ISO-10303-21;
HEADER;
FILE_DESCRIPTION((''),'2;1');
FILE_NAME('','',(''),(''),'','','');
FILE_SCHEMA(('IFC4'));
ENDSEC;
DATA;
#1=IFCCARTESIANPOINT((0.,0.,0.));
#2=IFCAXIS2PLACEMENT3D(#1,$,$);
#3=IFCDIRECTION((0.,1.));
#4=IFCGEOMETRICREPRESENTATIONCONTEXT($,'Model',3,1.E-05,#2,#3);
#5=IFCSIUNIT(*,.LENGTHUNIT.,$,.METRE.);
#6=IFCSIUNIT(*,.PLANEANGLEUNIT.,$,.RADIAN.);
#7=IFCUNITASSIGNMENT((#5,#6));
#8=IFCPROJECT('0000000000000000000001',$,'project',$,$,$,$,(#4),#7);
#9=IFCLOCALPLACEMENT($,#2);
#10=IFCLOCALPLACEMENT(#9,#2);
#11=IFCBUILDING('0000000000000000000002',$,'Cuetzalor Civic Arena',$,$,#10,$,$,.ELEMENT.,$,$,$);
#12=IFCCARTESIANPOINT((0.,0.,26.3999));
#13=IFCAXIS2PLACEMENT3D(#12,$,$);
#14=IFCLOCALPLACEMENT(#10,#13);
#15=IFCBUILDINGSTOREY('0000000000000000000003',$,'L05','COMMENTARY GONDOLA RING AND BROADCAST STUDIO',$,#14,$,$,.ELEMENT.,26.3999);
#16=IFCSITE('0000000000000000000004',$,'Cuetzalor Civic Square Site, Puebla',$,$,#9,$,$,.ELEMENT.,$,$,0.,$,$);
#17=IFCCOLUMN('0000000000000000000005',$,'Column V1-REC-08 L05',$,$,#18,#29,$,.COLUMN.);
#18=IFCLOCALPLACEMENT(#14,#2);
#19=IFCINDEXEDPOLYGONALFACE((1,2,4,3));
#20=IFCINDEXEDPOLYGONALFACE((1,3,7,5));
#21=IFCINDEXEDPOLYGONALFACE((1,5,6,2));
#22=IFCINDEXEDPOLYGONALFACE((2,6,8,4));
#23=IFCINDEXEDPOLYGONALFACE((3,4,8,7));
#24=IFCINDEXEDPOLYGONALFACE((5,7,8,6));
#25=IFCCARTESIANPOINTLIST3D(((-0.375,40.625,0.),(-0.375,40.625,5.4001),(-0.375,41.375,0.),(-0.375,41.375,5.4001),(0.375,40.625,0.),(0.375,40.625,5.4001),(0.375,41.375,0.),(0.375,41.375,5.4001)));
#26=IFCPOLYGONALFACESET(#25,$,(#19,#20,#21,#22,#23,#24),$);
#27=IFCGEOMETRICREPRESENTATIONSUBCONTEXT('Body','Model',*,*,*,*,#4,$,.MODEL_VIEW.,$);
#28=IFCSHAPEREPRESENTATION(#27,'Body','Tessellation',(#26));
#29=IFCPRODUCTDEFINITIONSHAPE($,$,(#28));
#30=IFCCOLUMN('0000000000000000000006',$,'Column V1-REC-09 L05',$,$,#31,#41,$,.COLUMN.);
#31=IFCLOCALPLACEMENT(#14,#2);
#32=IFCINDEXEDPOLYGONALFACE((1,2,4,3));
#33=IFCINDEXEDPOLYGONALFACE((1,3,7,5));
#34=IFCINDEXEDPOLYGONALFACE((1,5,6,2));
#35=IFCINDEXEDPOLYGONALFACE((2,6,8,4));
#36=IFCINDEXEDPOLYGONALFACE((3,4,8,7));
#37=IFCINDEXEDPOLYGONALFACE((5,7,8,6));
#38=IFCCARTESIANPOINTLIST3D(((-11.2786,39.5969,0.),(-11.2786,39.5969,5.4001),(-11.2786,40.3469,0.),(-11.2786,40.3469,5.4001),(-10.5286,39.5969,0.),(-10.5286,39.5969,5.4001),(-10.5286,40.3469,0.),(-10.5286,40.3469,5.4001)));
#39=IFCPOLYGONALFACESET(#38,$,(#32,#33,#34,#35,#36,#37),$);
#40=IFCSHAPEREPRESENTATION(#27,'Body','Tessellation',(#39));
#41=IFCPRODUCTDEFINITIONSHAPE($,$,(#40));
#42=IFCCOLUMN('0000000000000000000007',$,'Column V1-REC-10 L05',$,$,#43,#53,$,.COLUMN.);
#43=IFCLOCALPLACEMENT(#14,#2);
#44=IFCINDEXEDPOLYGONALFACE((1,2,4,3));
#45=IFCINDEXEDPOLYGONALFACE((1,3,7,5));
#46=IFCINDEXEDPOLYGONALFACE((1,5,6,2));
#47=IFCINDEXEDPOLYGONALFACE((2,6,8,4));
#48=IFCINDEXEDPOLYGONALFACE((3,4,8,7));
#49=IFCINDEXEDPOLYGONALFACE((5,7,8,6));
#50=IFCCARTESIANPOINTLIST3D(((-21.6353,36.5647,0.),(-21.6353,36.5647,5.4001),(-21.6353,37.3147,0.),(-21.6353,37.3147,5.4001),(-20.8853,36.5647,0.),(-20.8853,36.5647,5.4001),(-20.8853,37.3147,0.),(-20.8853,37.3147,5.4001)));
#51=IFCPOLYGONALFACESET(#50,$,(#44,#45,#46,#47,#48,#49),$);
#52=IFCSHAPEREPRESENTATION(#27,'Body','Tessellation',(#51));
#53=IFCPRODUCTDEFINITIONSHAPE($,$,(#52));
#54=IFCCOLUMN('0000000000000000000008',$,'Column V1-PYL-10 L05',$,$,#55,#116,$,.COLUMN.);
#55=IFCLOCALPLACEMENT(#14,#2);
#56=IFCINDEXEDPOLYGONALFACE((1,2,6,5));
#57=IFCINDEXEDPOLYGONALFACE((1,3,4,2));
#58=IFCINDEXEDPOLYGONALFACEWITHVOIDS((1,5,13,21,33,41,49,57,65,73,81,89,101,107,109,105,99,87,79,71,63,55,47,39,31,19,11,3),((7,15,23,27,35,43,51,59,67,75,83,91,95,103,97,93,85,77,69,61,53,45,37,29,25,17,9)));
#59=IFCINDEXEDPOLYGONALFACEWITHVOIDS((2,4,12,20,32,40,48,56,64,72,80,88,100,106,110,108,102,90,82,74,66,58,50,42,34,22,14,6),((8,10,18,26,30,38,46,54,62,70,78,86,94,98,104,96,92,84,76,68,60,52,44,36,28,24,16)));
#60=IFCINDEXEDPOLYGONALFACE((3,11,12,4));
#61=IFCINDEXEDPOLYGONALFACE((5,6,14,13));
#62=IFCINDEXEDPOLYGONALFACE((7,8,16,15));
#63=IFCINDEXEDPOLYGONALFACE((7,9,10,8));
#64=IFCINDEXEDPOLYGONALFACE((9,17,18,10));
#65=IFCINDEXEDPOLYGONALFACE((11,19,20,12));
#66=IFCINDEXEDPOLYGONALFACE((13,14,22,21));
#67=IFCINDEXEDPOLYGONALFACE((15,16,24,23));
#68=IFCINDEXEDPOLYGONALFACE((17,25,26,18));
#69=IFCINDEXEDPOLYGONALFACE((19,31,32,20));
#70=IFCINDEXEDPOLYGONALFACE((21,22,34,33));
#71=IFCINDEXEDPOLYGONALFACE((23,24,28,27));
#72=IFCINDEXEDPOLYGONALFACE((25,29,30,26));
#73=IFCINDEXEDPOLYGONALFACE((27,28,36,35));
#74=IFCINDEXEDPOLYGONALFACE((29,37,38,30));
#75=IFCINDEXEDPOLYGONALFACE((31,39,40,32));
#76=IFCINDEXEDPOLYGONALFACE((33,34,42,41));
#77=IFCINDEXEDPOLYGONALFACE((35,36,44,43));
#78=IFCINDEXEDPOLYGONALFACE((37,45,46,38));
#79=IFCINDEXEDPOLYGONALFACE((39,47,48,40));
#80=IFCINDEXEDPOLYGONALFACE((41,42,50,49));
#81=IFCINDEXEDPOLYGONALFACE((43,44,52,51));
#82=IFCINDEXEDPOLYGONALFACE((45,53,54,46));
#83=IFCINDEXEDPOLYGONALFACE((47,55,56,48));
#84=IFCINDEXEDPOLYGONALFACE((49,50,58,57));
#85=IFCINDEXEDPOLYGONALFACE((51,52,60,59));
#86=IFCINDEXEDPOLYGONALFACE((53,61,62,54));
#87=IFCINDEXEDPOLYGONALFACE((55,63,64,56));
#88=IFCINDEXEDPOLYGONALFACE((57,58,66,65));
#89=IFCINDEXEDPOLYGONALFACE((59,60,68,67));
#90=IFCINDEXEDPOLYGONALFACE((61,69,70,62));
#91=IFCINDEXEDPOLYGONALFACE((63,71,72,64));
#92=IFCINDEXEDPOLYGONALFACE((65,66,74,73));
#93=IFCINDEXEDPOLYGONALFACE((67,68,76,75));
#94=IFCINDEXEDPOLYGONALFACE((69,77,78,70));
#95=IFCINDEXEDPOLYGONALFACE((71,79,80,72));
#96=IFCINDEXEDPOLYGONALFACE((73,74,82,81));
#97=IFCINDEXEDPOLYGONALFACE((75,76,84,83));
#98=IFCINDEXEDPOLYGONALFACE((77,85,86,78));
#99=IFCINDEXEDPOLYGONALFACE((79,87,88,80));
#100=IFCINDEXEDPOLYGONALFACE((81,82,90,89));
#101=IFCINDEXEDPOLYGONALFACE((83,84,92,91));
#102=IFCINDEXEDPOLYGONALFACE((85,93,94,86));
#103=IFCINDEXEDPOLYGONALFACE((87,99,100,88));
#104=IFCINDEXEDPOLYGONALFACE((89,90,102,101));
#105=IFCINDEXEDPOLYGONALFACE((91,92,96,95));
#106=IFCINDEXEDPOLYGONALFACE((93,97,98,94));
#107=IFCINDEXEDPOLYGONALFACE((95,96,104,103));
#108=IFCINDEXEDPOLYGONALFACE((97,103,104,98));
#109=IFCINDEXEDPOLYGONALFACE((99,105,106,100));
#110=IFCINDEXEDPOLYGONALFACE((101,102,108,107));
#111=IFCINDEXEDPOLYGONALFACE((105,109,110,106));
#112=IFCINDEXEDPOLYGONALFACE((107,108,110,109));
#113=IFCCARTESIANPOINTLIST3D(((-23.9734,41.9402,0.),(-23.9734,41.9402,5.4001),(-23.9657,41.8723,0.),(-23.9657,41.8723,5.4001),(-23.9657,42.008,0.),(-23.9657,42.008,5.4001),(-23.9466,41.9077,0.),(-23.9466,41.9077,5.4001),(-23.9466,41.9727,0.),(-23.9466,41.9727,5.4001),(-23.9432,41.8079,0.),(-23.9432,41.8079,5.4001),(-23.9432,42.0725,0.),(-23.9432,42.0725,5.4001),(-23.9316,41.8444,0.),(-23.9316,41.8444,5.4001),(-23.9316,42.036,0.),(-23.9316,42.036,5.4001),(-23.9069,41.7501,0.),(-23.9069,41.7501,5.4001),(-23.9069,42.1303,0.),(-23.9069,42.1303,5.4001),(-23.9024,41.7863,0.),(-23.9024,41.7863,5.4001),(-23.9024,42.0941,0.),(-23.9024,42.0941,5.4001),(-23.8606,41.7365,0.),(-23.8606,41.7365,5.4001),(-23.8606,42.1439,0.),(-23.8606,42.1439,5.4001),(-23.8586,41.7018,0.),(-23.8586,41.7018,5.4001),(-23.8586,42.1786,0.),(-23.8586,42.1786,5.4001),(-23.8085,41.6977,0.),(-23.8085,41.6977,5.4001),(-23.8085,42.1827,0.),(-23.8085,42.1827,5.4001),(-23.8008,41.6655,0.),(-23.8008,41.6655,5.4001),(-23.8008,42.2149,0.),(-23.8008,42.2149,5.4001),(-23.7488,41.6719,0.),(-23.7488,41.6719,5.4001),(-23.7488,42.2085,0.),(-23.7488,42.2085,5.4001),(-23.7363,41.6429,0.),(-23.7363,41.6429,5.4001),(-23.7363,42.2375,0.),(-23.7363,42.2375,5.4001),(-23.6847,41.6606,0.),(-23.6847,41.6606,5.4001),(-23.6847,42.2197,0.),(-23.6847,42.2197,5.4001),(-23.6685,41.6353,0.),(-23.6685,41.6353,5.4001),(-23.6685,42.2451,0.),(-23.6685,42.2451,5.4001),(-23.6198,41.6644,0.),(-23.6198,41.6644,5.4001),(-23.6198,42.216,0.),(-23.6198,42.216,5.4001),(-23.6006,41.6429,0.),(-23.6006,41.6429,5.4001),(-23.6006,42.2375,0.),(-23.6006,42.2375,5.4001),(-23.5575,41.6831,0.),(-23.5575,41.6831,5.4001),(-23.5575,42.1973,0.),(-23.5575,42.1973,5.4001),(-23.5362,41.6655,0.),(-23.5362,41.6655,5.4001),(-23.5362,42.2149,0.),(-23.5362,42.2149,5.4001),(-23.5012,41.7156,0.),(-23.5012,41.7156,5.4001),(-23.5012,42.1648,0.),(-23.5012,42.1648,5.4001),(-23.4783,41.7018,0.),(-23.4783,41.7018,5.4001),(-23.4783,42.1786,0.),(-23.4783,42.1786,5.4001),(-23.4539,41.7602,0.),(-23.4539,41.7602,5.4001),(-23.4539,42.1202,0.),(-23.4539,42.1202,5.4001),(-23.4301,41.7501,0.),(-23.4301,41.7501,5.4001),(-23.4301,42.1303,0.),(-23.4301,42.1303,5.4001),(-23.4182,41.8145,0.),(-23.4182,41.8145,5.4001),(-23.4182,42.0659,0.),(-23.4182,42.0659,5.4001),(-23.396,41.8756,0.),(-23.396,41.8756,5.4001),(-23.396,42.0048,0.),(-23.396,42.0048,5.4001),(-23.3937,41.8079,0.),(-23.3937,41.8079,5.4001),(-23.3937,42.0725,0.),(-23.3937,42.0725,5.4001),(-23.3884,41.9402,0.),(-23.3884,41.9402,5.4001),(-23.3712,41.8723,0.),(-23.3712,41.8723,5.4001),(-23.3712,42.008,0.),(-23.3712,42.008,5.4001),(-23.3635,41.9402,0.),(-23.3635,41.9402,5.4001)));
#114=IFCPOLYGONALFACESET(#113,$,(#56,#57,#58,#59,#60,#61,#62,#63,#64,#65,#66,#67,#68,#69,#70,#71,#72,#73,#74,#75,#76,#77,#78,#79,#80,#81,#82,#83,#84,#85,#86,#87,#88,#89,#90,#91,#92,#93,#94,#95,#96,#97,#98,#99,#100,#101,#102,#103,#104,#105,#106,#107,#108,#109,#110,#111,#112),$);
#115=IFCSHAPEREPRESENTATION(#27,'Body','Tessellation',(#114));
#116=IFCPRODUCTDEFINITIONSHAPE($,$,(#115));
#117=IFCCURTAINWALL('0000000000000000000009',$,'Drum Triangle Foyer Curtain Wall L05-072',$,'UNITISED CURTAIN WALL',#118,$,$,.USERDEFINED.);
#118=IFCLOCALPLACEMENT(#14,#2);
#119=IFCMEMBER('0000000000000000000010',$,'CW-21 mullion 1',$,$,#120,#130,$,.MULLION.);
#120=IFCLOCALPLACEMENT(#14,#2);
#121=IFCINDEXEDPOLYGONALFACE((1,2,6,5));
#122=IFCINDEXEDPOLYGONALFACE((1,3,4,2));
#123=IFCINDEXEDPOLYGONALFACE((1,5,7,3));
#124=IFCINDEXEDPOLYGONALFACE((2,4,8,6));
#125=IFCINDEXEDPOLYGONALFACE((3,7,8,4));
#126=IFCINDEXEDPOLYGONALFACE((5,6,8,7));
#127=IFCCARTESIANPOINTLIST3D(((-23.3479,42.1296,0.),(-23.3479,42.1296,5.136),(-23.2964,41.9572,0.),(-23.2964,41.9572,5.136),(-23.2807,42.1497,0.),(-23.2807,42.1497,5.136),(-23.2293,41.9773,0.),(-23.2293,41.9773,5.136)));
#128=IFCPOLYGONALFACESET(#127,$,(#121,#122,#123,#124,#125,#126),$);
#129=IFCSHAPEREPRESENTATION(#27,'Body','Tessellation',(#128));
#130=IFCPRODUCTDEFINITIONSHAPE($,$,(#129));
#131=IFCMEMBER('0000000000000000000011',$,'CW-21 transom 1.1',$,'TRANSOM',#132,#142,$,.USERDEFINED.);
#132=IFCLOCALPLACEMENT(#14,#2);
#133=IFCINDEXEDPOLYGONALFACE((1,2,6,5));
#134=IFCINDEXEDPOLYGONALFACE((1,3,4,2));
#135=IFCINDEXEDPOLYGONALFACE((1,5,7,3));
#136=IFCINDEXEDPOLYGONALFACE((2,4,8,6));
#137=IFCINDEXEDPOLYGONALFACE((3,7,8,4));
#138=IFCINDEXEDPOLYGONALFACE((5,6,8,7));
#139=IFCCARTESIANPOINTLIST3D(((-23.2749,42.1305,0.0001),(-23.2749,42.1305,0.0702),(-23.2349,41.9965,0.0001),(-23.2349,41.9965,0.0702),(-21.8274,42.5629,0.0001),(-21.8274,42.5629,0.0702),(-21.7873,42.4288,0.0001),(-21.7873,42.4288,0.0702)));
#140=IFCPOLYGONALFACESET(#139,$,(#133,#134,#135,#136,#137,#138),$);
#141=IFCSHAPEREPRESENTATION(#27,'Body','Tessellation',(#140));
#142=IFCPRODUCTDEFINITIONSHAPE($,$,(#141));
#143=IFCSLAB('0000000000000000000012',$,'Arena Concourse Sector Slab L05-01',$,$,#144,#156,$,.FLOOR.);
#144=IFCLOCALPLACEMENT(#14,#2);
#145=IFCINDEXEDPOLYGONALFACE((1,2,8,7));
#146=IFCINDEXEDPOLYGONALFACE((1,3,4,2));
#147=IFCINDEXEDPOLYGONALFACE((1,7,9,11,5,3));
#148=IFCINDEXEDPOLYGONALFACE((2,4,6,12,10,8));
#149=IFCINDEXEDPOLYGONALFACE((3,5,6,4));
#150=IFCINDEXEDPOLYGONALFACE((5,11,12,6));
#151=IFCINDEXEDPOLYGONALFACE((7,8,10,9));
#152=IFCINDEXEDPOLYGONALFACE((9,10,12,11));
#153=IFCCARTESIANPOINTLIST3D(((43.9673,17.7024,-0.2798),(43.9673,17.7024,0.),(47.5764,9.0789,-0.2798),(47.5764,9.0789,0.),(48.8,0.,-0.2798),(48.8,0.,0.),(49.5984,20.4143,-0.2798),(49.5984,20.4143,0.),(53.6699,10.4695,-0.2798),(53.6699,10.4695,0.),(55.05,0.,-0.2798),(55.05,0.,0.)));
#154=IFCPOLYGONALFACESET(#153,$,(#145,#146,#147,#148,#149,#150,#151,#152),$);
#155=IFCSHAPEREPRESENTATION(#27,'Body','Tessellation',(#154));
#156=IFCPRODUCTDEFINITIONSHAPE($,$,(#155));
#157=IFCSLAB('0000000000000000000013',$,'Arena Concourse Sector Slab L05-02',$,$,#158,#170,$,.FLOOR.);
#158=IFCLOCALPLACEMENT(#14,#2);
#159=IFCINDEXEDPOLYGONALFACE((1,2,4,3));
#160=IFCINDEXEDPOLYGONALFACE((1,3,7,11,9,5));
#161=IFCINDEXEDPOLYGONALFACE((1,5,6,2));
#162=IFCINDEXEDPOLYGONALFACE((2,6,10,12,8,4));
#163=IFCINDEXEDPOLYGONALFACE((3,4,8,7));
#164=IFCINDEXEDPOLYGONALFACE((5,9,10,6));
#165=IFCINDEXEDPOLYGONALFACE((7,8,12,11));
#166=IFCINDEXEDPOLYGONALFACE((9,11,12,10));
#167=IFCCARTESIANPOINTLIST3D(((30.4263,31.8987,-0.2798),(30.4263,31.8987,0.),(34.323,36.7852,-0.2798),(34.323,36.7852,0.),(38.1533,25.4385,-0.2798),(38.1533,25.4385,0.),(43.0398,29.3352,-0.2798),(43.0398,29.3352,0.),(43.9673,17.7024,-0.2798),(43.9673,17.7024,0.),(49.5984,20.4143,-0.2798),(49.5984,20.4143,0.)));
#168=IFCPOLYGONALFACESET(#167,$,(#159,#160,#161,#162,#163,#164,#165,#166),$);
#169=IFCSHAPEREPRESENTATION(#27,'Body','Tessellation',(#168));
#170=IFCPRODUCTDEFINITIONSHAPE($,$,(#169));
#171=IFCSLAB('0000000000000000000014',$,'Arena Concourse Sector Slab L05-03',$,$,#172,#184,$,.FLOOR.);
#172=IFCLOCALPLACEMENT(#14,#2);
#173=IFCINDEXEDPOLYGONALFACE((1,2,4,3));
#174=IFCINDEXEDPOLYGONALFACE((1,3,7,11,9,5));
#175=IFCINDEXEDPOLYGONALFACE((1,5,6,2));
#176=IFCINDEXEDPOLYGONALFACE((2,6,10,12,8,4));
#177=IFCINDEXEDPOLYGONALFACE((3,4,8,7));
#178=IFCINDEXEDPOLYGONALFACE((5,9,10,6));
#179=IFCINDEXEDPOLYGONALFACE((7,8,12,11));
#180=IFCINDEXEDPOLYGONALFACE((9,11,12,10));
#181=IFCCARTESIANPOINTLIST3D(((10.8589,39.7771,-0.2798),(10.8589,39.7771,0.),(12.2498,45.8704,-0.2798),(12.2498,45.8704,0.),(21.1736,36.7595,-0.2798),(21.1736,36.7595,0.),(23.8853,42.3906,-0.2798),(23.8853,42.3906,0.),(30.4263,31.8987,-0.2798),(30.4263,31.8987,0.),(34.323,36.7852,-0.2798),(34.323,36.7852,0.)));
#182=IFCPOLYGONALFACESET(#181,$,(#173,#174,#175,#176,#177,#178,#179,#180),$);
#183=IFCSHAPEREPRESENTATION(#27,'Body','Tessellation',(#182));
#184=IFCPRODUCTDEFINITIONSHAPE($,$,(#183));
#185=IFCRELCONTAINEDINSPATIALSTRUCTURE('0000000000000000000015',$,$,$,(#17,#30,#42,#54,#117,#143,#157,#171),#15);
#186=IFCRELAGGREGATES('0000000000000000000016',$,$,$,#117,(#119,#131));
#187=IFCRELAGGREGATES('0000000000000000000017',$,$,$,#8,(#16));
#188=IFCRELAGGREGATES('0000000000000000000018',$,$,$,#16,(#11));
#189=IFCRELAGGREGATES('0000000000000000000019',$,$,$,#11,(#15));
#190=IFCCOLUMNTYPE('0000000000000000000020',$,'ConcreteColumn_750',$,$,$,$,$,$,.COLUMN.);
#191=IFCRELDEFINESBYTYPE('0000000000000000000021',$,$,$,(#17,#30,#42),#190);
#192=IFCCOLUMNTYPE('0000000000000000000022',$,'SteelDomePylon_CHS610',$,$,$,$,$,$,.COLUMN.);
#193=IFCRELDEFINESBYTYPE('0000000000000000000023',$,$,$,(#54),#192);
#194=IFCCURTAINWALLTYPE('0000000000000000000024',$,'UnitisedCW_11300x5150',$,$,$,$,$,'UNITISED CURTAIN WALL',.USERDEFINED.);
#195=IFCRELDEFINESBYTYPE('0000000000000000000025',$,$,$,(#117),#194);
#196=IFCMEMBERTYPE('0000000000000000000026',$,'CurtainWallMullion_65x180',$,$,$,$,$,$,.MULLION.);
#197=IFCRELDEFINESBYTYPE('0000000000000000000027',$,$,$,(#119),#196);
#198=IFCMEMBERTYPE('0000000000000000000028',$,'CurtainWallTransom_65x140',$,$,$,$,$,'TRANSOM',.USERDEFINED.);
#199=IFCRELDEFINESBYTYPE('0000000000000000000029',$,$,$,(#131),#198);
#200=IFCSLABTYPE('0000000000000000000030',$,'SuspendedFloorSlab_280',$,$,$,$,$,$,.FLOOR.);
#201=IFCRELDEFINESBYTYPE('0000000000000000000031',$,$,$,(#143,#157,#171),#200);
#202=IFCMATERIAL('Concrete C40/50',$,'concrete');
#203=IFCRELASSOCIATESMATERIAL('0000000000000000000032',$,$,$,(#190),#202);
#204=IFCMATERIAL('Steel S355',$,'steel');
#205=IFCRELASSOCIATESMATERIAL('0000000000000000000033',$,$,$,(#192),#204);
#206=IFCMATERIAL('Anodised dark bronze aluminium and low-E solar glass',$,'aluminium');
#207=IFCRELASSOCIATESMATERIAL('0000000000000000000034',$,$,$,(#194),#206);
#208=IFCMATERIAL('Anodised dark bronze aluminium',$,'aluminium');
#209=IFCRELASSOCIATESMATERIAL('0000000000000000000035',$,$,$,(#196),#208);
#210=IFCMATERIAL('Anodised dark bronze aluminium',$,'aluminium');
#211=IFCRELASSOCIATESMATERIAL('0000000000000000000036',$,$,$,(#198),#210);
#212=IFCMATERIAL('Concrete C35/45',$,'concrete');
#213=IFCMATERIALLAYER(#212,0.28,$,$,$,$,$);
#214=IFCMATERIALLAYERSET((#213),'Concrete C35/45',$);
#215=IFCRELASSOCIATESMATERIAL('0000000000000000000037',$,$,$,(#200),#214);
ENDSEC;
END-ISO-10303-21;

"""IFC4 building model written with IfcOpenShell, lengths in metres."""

from ifc_helpers import new_model, si_unit, direction, frame, origin, origin_2d, place, context, subcontext, project, spatial, polyline, rectangle, hollow_circle, outline, extrude, material, layer, layer_set, material_profile, profile_set, type_object, element, aggregate, save


model = new_model("IFC4")

# Units and contexts
model_context = context("Model", 3, precision=1e-05, world=origin(), true_north=direction((0.0, 1.0)))
body_context = subcontext(model_context, "Body", "Model", "MODEL_VIEW")
ifc_project = project(units=[si_unit("LENGTHUNIT", "METRE"), si_unit("PLANEANGLEUNIT", "RADIAN")], contexts=[model_context])

# Site, building, storey
site_placement = place(None, origin())
site = spatial("IfcSite", under=ifc_project, at=site_placement, Name="Cuetzalor Civic Square Site, Puebla", CompositionType="ELEMENT", RefElevation=0.0)
building_placement = place(site_placement, origin())
building = spatial("IfcBuilding", under=site, at=building_placement, Name="Cuetzalor Civic Arena", CompositionType="ELEMENT")
storey_placement = place(building_placement, frame((0.0, 0.0, 26.3999)))
storey = spatial("IfcBuildingStorey", under=building, at=storey_placement, Name="L05", Description="COMMENTARY GONDOLA RING AND BROADCAST STUDIO", CompositionType="ELEMENT", Elevation=26.3999)

# Columns
ifc_material_1 = material(Name="Concrete C40/50", Category="concrete")
ifc_material_profile_1 = material_profile(ifc_material_1, rectangle(XDim=0.75, YDim=0.75, at=origin_2d()), Name="RC 750x750")
ifc_profile_set_1 = profile_set([ifc_material_profile_1], Name="Concrete C40/50")
column_type_1 = type_object("IfcColumnType", Name="ConcreteColumn_750", PredefinedType="COLUMN", material=ifc_profile_set_1)
for number, where, z_axis, x_axis, name in (
    (1, (0.0, 41.0, 0.0), (0.0, 0.0, 1.0), (1.0, 0.0, 0.0), "Column V1-REC-08 L05"),
    (2, (-10.9036, 39.9719, 0.0), (0.0, 0.0, 1.0), (1.0, 0.0, 0.0), "Column V1-REC-09 L05"),
    (3, (-21.2603, 36.9397, 0.0), (0.0, 0.0, 1.0), (1.0, 0.0, 0.0), "Column V1-REC-10 L05"),
):
    element("IfcColumn", number, at=place(storey_placement, frame(where, z_axis=z_axis, x_axis=x_axis)), inside=storey, type_object=column_type_1, Name=name, PredefinedType="COLUMN", context=body_context, shape_type="SweptSolid", body=[
        extrude(rectangle(XDim=0.75, YDim=0.75, at=origin_2d()), origin(), (0.0, 0.0, 1.0), 5.4001),
    ])
ifc_material_2 = material(Name="Steel S355", Category="steel")
ifc_material_profile_2 = material_profile(ifc_material_2, hollow_circle(Radius=0.3049, WallThickness=0.0249, at=origin_2d()), Name="CHS 610x25")
ifc_profile_set_2 = profile_set([ifc_material_profile_2], Name="Steel S355")
column_type_2 = type_object("IfcColumnType", Name="SteelDomePylon_CHS610", PredefinedType="COLUMN", material=ifc_profile_set_2)
column_placement = place(storey_placement, frame((-23.6685, 41.9402, 0.0), z_axis=(0.0, 0.0, 1.0), x_axis=(1.0, 0.0, 0.0)))
element("IfcColumn", 4, at=column_placement, inside=storey, type_object=column_type_2, Name="Column V1-PYL-10 L05", PredefinedType="COLUMN", context=body_context, shape_type="SweptSolid", body=[
    extrude(hollow_circle(Radius=0.3049, WallThickness=0.0249, at=origin_2d()), origin(), (0.0, 0.0, 1.0), 5.4001),
])

# Curtain wall, members
ifc_material_3 = material(Name="Anodised dark bronze aluminium and low-E solar glass", Category="aluminium")
curtain_wall_type = type_object("IfcCurtainWallType", Name="UnitisedCW_11300x5150", ElementType="UNITISED CURTAIN WALL", PredefinedType="USERDEFINED", material=ifc_material_3)
curtain_wall_placement = place(storey_placement, origin())
curtain_wall = element("IfcCurtainWall", 5, at=curtain_wall_placement, inside=storey, type_object=curtain_wall_type, Name="Drum Triangle Foyer Curtain Wall L05-072", ObjectType="UNITISED CURTAIN WALL", PredefinedType="USERDEFINED")
ifc_material_4 = material(Name="Anodised dark bronze aluminium", Category="aluminium")
ifc_material_profile_3 = material_profile(ifc_material_4, rectangle(XDim=0.0701, YDim=0.1799, at=origin_2d()), Name="ALU MULLION 70x180")
ifc_profile_set_3 = profile_set([ifc_material_profile_3], Name="Anodised dark bronze aluminium")
member_type_1 = type_object("IfcMemberType", Name="CurtainWallMullion_65x180", PredefinedType="MULLION", material=ifc_profile_set_3)
member_1_placement = place(storey_placement, frame((-23.2886, 42.0535, 0.0), z_axis=(0.0, 0.0, 1.0), x_axis=(0.958194, 0.28612, 0.0)))
member_1 = element("IfcMember", 6, at=member_1_placement, type_object=member_type_1, Name="CW-21 mullion 1", PredefinedType="MULLION", context=body_context, shape_type="SweptSolid", body=[
    extrude(rectangle(XDim=0.0701, YDim=0.1799, at=origin_2d()), origin(), (0.0, 0.0, 1.0), 5.136),
])
ifc_material_5 = material(Name="Anodised dark bronze aluminium", Category="aluminium")
ifc_material_profile_4 = material_profile(ifc_material_5, rectangle(XDim=0.1399, YDim=0.0701, at=origin_2d()), Name="ALU TRANSOM 70x140")
ifc_profile_set_4 = profile_set([ifc_material_profile_4], Name="Anodised dark bronze aluminium")
member_type_2 = type_object("IfcMemberType", Name="CurtainWallTransom_65x140", ElementType="TRANSOM", PredefinedType="USERDEFINED", material=ifc_profile_set_4)
member_2_placement = place(storey_placement, frame((-23.2549, 42.0635, 0.0352), z_axis=(0.958168, 0.286206, 0.0), x_axis=(-0.286206, 0.958168, 0.0)))
member_2 = element("IfcMember", 7, at=member_2_placement, type_object=member_type_2, Name="CW-21 transom 1.1", ObjectType="TRANSOM", PredefinedType="USERDEFINED", context=body_context, shape_type="SweptSolid", body=[
    extrude(rectangle(XDim=0.1399, YDim=0.0701, at=origin_2d()), origin(), (0.0, 0.0, 1.0), 1.5107),
])
aggregate(curtain_wall, [member_1, member_2])

# Slabs
ifc_material_6 = material(Name="Concrete C35/45", Category="concrete")
ifc_layer = layer(ifc_material_6, 0.28)
ifc_layer_set = layer_set([ifc_layer], Name="Concrete C35/45")
slab_type = type_object("IfcSlabType", Name="SuspendedFloorSlab_280", PredefinedType="FLOOR", material=ifc_layer_set)
slab_1_placement = place(storey_placement, frame((0.0, 0.0, -0.2798)))
element("IfcSlab", 8, at=slab_1_placement, inside=storey, type_object=slab_type, Name="Arena Concourse Sector Slab L05-01", PredefinedType="FLOOR", context=body_context, shape_type="SweptSolid", body=[
    extrude(outline(polyline([(48.8, 0.0), (47.5764, 9.0789), (43.9673, 17.7024), (49.5984, 20.4143), (53.6699, 10.4695), (55.05, 0.0), (48.8, 0.0)])), origin(), (0.0, 0.0, 1.0), 0.2798),
])
slab_2_placement = place(storey_placement, frame((0.0, 0.0, -0.2798)))
element("IfcSlab", 9, at=slab_2_placement, inside=storey, type_object=slab_type, Name="Arena Concourse Sector Slab L05-02", PredefinedType="FLOOR", context=body_context, shape_type="SweptSolid", body=[
    extrude(outline(polyline([(43.9673, 17.7024), (38.1533, 25.4385), (30.4263, 31.8987), (34.323, 36.7852), (43.0398, 29.3352), (49.5984, 20.4143), (43.9673, 17.7024)])), origin(), (0.0, 0.0, 1.0), 0.2798),
])
slab_3_placement = place(storey_placement, frame((0.0, 0.0, -0.2798)))
element("IfcSlab", 10, at=slab_3_placement, inside=storey, type_object=slab_type, Name="Arena Concourse Sector Slab L05-03", PredefinedType="FLOOR", context=body_context, shape_type="SweptSolid", body=[
    extrude(outline(polyline([(30.4263, 31.8987), (21.1736, 36.7595), (10.8589, 39.7771), (12.2498, 45.8704), (23.8853, 42.3906), (34.323, 36.7852), (30.4263, 31.8987)])), origin(), (0.0, 0.0, 1.0), 0.2798),
])

save(model, "model.ifc")
